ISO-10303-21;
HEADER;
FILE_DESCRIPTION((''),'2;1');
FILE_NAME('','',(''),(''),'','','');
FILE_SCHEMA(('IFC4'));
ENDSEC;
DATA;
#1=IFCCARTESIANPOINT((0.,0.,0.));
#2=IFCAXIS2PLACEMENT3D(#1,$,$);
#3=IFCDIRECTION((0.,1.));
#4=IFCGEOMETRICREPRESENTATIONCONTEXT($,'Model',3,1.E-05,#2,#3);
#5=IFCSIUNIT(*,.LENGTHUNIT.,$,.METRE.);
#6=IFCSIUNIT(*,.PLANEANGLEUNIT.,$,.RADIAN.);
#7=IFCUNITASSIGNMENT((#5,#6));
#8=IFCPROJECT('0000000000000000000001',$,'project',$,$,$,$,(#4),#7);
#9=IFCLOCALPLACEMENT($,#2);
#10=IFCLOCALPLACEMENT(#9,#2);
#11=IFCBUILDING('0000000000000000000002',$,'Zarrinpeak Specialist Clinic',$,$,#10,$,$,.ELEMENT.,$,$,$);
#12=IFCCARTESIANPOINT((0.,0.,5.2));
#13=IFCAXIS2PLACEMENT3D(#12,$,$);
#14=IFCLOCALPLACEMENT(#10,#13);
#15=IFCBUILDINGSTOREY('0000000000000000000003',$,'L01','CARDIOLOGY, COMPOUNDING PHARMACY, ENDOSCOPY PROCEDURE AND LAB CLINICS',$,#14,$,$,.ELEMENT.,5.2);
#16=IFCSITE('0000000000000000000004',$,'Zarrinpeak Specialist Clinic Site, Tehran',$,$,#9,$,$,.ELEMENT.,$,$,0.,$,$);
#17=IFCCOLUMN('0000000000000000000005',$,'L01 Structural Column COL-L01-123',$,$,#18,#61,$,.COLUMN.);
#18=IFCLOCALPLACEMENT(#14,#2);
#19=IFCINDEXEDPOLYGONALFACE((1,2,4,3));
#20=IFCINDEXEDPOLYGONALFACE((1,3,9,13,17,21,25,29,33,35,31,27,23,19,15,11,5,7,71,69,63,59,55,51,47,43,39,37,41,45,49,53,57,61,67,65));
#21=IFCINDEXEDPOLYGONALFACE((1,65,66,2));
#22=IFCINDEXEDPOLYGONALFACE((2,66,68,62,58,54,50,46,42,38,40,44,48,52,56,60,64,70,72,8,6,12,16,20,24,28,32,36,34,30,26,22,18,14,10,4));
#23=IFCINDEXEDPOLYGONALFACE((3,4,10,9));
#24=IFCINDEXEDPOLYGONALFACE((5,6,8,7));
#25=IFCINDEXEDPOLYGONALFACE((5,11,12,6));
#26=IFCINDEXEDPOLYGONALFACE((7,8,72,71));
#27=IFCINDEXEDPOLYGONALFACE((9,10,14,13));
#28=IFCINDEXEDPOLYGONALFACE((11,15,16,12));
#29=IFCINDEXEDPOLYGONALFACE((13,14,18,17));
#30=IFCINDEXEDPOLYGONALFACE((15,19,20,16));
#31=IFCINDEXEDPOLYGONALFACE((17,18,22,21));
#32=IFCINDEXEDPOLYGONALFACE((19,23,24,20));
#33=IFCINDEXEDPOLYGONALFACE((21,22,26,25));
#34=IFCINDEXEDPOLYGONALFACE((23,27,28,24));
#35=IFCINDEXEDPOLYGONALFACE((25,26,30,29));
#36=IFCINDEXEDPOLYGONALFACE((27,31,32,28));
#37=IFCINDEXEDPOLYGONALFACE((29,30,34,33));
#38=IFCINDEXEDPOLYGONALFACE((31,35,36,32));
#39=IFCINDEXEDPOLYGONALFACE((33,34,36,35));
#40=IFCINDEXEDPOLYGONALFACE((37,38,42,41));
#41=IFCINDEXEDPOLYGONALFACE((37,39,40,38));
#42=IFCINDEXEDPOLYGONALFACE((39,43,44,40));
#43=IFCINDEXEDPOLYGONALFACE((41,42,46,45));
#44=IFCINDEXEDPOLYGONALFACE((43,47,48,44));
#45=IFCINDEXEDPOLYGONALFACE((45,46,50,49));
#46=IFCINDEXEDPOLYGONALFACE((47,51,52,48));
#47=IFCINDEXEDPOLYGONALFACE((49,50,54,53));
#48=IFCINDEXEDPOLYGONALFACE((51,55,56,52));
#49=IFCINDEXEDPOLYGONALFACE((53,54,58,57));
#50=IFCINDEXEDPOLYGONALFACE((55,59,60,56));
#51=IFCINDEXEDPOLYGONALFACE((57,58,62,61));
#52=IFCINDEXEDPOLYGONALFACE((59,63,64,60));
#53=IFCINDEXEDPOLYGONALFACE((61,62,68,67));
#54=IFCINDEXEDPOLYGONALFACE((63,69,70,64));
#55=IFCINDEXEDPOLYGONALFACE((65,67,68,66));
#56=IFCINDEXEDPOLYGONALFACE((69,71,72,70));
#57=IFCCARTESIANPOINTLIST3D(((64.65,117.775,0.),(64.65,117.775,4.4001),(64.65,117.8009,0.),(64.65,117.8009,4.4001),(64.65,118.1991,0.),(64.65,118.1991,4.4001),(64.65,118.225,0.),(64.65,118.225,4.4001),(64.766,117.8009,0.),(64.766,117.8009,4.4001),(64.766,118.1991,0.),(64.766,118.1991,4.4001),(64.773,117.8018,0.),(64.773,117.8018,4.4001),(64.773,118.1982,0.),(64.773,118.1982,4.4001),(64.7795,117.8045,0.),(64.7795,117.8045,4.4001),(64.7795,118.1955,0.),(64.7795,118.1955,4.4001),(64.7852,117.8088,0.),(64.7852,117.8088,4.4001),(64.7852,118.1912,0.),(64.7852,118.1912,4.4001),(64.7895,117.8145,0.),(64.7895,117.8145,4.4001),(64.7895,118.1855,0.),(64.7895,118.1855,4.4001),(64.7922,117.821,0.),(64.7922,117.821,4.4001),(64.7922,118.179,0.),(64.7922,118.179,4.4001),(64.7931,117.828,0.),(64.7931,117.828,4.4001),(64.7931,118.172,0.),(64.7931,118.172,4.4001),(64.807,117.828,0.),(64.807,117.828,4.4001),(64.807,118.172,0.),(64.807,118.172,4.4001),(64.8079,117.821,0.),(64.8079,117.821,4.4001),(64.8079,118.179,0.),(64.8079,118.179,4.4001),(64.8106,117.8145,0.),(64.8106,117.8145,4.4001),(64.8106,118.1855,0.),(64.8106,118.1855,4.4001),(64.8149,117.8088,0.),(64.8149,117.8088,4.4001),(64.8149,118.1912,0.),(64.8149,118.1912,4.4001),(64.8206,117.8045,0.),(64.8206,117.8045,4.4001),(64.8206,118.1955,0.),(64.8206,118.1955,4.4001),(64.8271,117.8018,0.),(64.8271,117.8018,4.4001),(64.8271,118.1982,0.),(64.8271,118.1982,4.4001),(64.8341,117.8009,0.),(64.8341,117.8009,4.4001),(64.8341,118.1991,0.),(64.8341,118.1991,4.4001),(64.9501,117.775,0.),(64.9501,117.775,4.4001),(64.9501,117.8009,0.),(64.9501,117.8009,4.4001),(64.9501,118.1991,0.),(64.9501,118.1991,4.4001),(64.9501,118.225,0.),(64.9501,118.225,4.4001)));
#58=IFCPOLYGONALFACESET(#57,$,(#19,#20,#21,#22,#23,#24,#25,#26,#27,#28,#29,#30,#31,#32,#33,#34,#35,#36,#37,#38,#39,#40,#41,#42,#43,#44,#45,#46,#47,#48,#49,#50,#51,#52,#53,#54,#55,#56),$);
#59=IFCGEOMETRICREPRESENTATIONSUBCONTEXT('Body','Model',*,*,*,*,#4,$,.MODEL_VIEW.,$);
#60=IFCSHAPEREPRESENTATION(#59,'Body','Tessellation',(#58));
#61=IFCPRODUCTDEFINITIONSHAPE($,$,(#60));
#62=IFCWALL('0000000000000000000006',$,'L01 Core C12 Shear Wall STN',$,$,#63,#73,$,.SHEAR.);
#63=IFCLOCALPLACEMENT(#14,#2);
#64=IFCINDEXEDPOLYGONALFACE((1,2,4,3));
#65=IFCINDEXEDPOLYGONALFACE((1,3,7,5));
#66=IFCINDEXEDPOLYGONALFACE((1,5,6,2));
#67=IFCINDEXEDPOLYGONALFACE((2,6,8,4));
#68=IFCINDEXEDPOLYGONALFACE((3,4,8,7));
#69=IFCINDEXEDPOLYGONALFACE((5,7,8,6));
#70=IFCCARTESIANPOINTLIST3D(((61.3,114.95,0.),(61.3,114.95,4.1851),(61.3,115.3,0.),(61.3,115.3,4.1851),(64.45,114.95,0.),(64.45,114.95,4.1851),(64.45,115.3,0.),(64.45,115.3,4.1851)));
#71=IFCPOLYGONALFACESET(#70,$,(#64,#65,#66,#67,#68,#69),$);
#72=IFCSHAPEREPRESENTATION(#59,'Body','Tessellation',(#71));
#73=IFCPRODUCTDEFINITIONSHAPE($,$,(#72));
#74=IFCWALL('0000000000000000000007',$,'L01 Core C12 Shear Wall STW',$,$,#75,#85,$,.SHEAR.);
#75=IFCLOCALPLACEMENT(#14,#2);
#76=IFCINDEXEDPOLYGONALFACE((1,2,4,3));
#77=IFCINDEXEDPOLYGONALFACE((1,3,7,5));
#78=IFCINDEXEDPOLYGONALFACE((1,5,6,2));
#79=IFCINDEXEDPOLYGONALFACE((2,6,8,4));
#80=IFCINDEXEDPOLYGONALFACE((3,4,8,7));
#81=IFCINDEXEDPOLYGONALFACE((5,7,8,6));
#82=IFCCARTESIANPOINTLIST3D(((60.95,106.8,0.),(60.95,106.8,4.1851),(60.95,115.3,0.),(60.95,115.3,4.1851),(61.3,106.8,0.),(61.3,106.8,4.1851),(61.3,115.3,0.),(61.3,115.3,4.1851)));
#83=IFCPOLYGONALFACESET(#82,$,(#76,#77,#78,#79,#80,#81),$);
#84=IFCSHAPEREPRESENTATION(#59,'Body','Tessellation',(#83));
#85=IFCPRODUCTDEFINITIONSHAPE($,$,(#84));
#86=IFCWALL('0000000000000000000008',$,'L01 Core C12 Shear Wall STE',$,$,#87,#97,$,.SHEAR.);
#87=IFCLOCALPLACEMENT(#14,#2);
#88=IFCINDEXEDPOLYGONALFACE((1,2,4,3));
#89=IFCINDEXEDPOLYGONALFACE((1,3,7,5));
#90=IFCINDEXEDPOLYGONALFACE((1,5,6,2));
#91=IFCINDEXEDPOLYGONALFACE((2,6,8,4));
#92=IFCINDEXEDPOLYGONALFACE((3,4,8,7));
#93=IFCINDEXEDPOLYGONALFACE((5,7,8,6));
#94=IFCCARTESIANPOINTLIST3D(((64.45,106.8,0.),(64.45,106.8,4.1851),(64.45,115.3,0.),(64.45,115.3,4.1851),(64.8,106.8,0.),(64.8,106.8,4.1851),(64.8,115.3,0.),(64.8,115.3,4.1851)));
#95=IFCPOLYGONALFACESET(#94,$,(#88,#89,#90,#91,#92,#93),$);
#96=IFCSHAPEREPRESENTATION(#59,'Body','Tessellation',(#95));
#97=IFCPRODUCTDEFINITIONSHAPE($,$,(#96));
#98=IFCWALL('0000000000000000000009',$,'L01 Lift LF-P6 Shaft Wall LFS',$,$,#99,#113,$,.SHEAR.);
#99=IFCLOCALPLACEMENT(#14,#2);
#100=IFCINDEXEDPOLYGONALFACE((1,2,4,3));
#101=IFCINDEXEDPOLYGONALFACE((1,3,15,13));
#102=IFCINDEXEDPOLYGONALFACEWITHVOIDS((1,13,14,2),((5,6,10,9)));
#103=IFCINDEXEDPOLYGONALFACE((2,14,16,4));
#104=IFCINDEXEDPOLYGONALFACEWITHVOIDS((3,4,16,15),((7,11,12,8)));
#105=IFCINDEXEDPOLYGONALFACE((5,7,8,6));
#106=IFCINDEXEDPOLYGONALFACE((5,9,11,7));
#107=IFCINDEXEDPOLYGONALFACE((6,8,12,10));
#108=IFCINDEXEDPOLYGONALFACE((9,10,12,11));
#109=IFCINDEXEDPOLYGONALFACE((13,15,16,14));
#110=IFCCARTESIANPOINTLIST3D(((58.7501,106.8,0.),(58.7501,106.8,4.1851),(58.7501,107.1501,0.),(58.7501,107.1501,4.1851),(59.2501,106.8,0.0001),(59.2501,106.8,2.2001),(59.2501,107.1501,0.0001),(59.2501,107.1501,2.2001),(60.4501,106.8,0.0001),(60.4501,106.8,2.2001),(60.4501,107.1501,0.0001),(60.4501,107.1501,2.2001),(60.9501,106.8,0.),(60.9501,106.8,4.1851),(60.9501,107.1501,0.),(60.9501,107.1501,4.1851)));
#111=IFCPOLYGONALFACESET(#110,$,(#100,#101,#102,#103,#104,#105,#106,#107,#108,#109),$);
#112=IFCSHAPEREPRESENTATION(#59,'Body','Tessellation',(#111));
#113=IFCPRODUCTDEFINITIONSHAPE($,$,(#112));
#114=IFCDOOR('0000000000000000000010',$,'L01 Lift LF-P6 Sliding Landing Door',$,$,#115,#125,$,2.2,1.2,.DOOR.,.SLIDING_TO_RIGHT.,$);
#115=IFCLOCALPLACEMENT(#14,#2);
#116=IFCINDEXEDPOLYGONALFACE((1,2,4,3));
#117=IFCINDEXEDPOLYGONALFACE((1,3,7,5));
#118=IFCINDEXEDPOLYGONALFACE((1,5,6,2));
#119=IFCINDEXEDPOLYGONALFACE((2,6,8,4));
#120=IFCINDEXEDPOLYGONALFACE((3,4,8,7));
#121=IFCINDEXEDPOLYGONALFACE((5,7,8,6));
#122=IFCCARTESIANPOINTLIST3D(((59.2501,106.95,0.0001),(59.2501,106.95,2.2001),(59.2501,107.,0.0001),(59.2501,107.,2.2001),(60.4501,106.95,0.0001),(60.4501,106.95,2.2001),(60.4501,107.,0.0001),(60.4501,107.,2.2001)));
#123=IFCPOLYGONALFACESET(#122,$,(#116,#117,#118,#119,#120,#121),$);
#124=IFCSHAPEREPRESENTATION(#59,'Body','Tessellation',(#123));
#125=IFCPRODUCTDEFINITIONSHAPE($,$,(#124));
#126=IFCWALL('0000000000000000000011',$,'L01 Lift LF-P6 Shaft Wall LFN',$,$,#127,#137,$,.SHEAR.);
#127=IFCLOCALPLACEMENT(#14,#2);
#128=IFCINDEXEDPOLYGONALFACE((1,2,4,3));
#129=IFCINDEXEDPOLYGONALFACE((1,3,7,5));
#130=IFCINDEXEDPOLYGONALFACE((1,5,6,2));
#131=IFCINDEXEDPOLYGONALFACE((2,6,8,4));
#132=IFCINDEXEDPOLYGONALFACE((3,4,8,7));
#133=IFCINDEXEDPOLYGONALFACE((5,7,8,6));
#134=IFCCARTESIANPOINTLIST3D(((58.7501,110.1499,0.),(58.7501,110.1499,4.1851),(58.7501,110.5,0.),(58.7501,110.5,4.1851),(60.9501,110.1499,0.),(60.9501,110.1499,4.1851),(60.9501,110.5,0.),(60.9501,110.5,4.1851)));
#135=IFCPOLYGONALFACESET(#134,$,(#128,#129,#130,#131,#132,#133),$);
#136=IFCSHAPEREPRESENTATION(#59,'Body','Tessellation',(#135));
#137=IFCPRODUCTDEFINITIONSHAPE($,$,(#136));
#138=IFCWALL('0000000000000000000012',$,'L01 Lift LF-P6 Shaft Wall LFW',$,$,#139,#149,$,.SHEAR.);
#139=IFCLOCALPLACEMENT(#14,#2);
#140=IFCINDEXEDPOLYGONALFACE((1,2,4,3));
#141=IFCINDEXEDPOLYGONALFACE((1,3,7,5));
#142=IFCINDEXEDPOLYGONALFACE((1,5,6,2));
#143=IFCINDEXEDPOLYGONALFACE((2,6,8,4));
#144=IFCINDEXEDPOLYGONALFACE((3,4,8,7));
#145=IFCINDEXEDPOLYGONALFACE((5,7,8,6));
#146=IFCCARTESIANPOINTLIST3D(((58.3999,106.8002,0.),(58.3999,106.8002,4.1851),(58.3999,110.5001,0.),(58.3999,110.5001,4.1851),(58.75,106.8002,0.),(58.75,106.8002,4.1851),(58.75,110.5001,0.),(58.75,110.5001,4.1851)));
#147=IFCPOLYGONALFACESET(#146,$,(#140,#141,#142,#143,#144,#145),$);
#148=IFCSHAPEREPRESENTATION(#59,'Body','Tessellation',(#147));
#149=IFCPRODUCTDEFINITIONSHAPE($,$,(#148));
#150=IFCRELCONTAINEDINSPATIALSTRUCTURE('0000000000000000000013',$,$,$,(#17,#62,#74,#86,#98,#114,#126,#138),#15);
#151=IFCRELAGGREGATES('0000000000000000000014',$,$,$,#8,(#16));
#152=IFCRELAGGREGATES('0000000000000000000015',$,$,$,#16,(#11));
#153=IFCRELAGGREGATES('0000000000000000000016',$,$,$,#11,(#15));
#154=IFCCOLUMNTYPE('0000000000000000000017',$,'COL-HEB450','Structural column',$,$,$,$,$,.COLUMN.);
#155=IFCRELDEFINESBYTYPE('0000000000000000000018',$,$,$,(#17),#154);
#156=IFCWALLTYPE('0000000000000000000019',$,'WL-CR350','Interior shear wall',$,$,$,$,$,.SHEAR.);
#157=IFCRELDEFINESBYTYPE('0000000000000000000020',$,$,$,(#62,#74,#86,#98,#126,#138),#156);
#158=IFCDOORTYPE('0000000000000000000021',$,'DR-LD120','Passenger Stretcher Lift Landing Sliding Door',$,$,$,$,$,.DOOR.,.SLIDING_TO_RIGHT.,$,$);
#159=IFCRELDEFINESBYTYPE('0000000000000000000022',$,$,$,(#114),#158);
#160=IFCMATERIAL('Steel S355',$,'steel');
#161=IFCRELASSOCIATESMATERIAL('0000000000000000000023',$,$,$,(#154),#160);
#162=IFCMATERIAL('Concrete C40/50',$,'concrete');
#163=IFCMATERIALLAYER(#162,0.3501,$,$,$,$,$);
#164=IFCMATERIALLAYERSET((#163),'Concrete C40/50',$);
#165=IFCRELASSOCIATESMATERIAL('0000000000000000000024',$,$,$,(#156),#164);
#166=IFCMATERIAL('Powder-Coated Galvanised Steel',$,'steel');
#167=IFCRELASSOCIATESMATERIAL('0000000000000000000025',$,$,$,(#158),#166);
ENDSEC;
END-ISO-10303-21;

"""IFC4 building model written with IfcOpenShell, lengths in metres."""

from ifc_helpers import new_model, si_unit, direction, frame, frame_2d, origin, origin_2d, place, context, subcontext, project, spatial, rectangle, i_section, extrude, material, layer, layer_set, material_profile, profile_set, type_object, element, fill, save


model = new_model("IFC4")

# Units and contexts
model_context = context("Model", 3, precision=1e-05, world=origin(), true_north=direction((0.0, 1.0)))
body_context = subcontext(model_context, "Body", "Model", "MODEL_VIEW")
ifc_project = project(units=[si_unit("LENGTHUNIT", "METRE"), si_unit("PLANEANGLEUNIT", "RADIAN")], contexts=[model_context])

# Site, building, storey
site_placement = place(None, origin())
site = spatial("IfcSite", under=ifc_project, at=site_placement, Name="Zarrinpeak Specialist Clinic Site, Tehran", CompositionType="ELEMENT", RefElevation=0.0)
building_placement = place(site_placement, origin())
building = spatial("IfcBuilding", under=site, at=building_placement, Name="Zarrinpeak Specialist Clinic", CompositionType="ELEMENT")
storey_placement = place(building_placement, frame((0.0, 0.0, 5.2)))
storey = spatial("IfcBuildingStorey", under=building, at=storey_placement, Name="L01", Description="CARDIOLOGY, COMPOUNDING PHARMACY, ENDOSCOPY PROCEDURE AND LAB CLINICS", CompositionType="ELEMENT", Elevation=5.2)

# Column
ifc_material_1 = material(Name="Steel S355", Category="steel")
ifc_material_profile = material_profile(ifc_material_1, i_section(OverallWidth=0.3, OverallDepth=0.45, WebThickness=0.0139, FlangeThickness=0.0259, FilletRadius=0.0271, at=origin_2d()), Name="HEB 450")
ifc_profile_set = profile_set([ifc_material_profile], Name="Steel S355")
column_type = type_object("IfcColumnType", Name="COL-HEB450", Description="Structural column", PredefinedType="COLUMN", material=ifc_profile_set)
column_placement = place(storey_placement, frame((64.8, 118.0, 0.0), z_axis=(0.0, 0.0, 1.0), x_axis=(1.0, 0.0, 0.0)))
element("IfcColumn", 1, at=column_placement, inside=storey, type_object=column_type, Name="L01 Structural Column COL-L01-123", PredefinedType="COLUMN", context=body_context, shape_type="SweptSolid", body=[
    extrude(i_section(OverallWidth=0.3, OverallDepth=0.45, WebThickness=0.0139, FlangeThickness=0.0259, FilletRadius=0.0271, at=origin_2d()), origin(), (0.0, 0.0, 1.0), 4.4001),
])

# Shared definitions
ifc_material_2 = material(Name="Concrete C40/50", Category="concrete")
ifc_layer_1 = layer(ifc_material_2, 0.3501)
ifc_layer_set_1 = layer_set([ifc_layer_1], Name="Concrete C40/50")
wall_type_1 = type_object("IfcWallType", Name="WL-CR350", Description="Interior shear wall", PredefinedType="SHEAR", material=ifc_layer_set_1)
ifc_material_3 = material(Name="Powder-Coated Galvanised Steel", Category="steel")

# Walls
wall_1_placement = place(storey_placement, frame((61.3, 115.125, 0.0), z_axis=(0.0, 0.0, 1.0), x_axis=(1.0, 0.0, 0.0)))
element("IfcWall", 2, at=wall_1_placement, inside=storey, type_object=wall_type_1, Name="L01 Core C12 Shear Wall STN", PredefinedType="SHEAR", context=body_context, shape_type="SweptSolid", body=[
    extrude(rectangle(XDim=3.1499, YDim=0.3501, at=frame_2d((1.575, 0.0))), origin(), (0.0, 0.0, 1.0), 4.1851),
])
for number, where, z_axis, x_axis, name in (
    (3, (61.125, 106.8, 0.0), (0.0, 0.0, 1.0), (0.0, 1.0, 0.0), "L01 Core C12 Shear Wall STW"),
    (4, (64.625, 106.8, 0.0), (0.0, 0.0, 1.0), (0.0, 1.0, 0.0), "L01 Core C12 Shear Wall STE"),
):
    element("IfcWall", number, at=place(storey_placement, frame(where, z_axis=z_axis, x_axis=x_axis)), inside=storey, type_object=wall_type_1, Name=name, PredefinedType="SHEAR", context=body_context, shape_type="SweptSolid", body=[
        extrude(rectangle(XDim=8.5, YDim=0.3501, at=frame_2d((4.25, 0.0))), origin(), (0.0, 0.0, 1.0), 4.1851),
    ])

# Wall, opening, door
wall_2_placement = place(storey_placement, frame((58.75, 106.9751, 0.0), z_axis=(0.0, 0.0, 1.0), x_axis=(1.0, 0.0, 0.0)))
wall_2 = element("IfcWall", 5, at=wall_2_placement, inside=storey, type_object=wall_type_1, Name="L01 Lift LF-P6 Shaft Wall LFS", PredefinedType="SHEAR", context=body_context, shape_type="SweptSolid", body=[
    extrude(rectangle(XDim=2.2, YDim=0.3501, at=frame_2d((1.1001, 0.0))), origin(), (0.0, 0.0, 1.0), 4.1851),
])
opening_1_placement = place(wall_2_placement, frame((0.5, 0.0, 0.0)))
opening_1 = element("IfcOpeningElement", 6, at=opening_1_placement, cuts=wall_2, PredefinedType="OPENING", context=body_context, shape_type="SweptSolid", body=[
    extrude(rectangle(XDim=1.2, YDim=2.2, at=frame_2d((0.6001, 1.1001))), frame((0.0, 0.1851, 0.0), z_axis=(0.0, -1.0, 0.0), x_axis=(1.0, 0.0, 0.0)), (0.0, 0.0, 1.0), 0.3701),
])
door_type_1 = type_object("IfcDoorType", Name="DR-LD120", Description="Passenger Stretcher Lift Landing Sliding Door", OperationType="SLIDING_TO_RIGHT", PredefinedType="DOOR", material=ifc_material_3)
door_1_placement = place(opening_1_placement, origin())
door_1 = element("IfcDoor", 7, at=door_1_placement, inside=storey, type_object=door_type_1, Name="L01 Lift LF-P6 Sliding Landing Door", OperationType="SLIDING_TO_RIGHT", OverallHeight=2.2, OverallWidth=1.2, PredefinedType="DOOR", context=body_context, shape_type="SweptSolid", body=[
    extrude(rectangle(XDim=1.2, YDim=2.2, at=frame_2d((0.6001, 1.1001))), frame((0.0, 0.0249, 0.0), z_axis=(0.0, -1.0, 0.0), x_axis=(1.0, 0.0, 0.0)), (0.0, 0.0, 1.0), 0.05),
])
fill(opening_1, door_1)

# Walls
wall_3_placement = place(storey_placement, frame((58.75, 110.325, 0.0), z_axis=(0.0, 0.0, 1.0), x_axis=(1.0, 0.0, 0.0)))
element("IfcWall", 8, at=wall_3_placement, inside=storey, type_object=wall_type_1, Name="L01 Lift LF-P6 Shaft Wall LFN", PredefinedType="SHEAR", context=body_context, shape_type="SweptSolid", body=[
    extrude(rectangle(XDim=2.2, YDim=0.3501, at=frame_2d((1.1001, 0.0))), origin(), (0.0, 0.0, 1.0), 4.1851),
])
wall_4_placement = place(storey_placement, frame((58.575, 106.8, 0.0), z_axis=(0.0, 0.0, 1.0), x_axis=(0.0, 1.0, 0.0)))
element("IfcWall", 9, at=wall_4_placement, inside=storey, type_object=wall_type_1, Name="L01 Lift LF-P6 Shaft Wall LFW", PredefinedType="SHEAR", context=body_context, shape_type="SweptSolid", body=[
    extrude(rectangle(XDim=3.7, YDim=0.3501, at=frame_2d((1.8501, 0.0))), origin(), (0.0, 0.0, 1.0), 4.1851),
])

save(model, "model.ifc")
